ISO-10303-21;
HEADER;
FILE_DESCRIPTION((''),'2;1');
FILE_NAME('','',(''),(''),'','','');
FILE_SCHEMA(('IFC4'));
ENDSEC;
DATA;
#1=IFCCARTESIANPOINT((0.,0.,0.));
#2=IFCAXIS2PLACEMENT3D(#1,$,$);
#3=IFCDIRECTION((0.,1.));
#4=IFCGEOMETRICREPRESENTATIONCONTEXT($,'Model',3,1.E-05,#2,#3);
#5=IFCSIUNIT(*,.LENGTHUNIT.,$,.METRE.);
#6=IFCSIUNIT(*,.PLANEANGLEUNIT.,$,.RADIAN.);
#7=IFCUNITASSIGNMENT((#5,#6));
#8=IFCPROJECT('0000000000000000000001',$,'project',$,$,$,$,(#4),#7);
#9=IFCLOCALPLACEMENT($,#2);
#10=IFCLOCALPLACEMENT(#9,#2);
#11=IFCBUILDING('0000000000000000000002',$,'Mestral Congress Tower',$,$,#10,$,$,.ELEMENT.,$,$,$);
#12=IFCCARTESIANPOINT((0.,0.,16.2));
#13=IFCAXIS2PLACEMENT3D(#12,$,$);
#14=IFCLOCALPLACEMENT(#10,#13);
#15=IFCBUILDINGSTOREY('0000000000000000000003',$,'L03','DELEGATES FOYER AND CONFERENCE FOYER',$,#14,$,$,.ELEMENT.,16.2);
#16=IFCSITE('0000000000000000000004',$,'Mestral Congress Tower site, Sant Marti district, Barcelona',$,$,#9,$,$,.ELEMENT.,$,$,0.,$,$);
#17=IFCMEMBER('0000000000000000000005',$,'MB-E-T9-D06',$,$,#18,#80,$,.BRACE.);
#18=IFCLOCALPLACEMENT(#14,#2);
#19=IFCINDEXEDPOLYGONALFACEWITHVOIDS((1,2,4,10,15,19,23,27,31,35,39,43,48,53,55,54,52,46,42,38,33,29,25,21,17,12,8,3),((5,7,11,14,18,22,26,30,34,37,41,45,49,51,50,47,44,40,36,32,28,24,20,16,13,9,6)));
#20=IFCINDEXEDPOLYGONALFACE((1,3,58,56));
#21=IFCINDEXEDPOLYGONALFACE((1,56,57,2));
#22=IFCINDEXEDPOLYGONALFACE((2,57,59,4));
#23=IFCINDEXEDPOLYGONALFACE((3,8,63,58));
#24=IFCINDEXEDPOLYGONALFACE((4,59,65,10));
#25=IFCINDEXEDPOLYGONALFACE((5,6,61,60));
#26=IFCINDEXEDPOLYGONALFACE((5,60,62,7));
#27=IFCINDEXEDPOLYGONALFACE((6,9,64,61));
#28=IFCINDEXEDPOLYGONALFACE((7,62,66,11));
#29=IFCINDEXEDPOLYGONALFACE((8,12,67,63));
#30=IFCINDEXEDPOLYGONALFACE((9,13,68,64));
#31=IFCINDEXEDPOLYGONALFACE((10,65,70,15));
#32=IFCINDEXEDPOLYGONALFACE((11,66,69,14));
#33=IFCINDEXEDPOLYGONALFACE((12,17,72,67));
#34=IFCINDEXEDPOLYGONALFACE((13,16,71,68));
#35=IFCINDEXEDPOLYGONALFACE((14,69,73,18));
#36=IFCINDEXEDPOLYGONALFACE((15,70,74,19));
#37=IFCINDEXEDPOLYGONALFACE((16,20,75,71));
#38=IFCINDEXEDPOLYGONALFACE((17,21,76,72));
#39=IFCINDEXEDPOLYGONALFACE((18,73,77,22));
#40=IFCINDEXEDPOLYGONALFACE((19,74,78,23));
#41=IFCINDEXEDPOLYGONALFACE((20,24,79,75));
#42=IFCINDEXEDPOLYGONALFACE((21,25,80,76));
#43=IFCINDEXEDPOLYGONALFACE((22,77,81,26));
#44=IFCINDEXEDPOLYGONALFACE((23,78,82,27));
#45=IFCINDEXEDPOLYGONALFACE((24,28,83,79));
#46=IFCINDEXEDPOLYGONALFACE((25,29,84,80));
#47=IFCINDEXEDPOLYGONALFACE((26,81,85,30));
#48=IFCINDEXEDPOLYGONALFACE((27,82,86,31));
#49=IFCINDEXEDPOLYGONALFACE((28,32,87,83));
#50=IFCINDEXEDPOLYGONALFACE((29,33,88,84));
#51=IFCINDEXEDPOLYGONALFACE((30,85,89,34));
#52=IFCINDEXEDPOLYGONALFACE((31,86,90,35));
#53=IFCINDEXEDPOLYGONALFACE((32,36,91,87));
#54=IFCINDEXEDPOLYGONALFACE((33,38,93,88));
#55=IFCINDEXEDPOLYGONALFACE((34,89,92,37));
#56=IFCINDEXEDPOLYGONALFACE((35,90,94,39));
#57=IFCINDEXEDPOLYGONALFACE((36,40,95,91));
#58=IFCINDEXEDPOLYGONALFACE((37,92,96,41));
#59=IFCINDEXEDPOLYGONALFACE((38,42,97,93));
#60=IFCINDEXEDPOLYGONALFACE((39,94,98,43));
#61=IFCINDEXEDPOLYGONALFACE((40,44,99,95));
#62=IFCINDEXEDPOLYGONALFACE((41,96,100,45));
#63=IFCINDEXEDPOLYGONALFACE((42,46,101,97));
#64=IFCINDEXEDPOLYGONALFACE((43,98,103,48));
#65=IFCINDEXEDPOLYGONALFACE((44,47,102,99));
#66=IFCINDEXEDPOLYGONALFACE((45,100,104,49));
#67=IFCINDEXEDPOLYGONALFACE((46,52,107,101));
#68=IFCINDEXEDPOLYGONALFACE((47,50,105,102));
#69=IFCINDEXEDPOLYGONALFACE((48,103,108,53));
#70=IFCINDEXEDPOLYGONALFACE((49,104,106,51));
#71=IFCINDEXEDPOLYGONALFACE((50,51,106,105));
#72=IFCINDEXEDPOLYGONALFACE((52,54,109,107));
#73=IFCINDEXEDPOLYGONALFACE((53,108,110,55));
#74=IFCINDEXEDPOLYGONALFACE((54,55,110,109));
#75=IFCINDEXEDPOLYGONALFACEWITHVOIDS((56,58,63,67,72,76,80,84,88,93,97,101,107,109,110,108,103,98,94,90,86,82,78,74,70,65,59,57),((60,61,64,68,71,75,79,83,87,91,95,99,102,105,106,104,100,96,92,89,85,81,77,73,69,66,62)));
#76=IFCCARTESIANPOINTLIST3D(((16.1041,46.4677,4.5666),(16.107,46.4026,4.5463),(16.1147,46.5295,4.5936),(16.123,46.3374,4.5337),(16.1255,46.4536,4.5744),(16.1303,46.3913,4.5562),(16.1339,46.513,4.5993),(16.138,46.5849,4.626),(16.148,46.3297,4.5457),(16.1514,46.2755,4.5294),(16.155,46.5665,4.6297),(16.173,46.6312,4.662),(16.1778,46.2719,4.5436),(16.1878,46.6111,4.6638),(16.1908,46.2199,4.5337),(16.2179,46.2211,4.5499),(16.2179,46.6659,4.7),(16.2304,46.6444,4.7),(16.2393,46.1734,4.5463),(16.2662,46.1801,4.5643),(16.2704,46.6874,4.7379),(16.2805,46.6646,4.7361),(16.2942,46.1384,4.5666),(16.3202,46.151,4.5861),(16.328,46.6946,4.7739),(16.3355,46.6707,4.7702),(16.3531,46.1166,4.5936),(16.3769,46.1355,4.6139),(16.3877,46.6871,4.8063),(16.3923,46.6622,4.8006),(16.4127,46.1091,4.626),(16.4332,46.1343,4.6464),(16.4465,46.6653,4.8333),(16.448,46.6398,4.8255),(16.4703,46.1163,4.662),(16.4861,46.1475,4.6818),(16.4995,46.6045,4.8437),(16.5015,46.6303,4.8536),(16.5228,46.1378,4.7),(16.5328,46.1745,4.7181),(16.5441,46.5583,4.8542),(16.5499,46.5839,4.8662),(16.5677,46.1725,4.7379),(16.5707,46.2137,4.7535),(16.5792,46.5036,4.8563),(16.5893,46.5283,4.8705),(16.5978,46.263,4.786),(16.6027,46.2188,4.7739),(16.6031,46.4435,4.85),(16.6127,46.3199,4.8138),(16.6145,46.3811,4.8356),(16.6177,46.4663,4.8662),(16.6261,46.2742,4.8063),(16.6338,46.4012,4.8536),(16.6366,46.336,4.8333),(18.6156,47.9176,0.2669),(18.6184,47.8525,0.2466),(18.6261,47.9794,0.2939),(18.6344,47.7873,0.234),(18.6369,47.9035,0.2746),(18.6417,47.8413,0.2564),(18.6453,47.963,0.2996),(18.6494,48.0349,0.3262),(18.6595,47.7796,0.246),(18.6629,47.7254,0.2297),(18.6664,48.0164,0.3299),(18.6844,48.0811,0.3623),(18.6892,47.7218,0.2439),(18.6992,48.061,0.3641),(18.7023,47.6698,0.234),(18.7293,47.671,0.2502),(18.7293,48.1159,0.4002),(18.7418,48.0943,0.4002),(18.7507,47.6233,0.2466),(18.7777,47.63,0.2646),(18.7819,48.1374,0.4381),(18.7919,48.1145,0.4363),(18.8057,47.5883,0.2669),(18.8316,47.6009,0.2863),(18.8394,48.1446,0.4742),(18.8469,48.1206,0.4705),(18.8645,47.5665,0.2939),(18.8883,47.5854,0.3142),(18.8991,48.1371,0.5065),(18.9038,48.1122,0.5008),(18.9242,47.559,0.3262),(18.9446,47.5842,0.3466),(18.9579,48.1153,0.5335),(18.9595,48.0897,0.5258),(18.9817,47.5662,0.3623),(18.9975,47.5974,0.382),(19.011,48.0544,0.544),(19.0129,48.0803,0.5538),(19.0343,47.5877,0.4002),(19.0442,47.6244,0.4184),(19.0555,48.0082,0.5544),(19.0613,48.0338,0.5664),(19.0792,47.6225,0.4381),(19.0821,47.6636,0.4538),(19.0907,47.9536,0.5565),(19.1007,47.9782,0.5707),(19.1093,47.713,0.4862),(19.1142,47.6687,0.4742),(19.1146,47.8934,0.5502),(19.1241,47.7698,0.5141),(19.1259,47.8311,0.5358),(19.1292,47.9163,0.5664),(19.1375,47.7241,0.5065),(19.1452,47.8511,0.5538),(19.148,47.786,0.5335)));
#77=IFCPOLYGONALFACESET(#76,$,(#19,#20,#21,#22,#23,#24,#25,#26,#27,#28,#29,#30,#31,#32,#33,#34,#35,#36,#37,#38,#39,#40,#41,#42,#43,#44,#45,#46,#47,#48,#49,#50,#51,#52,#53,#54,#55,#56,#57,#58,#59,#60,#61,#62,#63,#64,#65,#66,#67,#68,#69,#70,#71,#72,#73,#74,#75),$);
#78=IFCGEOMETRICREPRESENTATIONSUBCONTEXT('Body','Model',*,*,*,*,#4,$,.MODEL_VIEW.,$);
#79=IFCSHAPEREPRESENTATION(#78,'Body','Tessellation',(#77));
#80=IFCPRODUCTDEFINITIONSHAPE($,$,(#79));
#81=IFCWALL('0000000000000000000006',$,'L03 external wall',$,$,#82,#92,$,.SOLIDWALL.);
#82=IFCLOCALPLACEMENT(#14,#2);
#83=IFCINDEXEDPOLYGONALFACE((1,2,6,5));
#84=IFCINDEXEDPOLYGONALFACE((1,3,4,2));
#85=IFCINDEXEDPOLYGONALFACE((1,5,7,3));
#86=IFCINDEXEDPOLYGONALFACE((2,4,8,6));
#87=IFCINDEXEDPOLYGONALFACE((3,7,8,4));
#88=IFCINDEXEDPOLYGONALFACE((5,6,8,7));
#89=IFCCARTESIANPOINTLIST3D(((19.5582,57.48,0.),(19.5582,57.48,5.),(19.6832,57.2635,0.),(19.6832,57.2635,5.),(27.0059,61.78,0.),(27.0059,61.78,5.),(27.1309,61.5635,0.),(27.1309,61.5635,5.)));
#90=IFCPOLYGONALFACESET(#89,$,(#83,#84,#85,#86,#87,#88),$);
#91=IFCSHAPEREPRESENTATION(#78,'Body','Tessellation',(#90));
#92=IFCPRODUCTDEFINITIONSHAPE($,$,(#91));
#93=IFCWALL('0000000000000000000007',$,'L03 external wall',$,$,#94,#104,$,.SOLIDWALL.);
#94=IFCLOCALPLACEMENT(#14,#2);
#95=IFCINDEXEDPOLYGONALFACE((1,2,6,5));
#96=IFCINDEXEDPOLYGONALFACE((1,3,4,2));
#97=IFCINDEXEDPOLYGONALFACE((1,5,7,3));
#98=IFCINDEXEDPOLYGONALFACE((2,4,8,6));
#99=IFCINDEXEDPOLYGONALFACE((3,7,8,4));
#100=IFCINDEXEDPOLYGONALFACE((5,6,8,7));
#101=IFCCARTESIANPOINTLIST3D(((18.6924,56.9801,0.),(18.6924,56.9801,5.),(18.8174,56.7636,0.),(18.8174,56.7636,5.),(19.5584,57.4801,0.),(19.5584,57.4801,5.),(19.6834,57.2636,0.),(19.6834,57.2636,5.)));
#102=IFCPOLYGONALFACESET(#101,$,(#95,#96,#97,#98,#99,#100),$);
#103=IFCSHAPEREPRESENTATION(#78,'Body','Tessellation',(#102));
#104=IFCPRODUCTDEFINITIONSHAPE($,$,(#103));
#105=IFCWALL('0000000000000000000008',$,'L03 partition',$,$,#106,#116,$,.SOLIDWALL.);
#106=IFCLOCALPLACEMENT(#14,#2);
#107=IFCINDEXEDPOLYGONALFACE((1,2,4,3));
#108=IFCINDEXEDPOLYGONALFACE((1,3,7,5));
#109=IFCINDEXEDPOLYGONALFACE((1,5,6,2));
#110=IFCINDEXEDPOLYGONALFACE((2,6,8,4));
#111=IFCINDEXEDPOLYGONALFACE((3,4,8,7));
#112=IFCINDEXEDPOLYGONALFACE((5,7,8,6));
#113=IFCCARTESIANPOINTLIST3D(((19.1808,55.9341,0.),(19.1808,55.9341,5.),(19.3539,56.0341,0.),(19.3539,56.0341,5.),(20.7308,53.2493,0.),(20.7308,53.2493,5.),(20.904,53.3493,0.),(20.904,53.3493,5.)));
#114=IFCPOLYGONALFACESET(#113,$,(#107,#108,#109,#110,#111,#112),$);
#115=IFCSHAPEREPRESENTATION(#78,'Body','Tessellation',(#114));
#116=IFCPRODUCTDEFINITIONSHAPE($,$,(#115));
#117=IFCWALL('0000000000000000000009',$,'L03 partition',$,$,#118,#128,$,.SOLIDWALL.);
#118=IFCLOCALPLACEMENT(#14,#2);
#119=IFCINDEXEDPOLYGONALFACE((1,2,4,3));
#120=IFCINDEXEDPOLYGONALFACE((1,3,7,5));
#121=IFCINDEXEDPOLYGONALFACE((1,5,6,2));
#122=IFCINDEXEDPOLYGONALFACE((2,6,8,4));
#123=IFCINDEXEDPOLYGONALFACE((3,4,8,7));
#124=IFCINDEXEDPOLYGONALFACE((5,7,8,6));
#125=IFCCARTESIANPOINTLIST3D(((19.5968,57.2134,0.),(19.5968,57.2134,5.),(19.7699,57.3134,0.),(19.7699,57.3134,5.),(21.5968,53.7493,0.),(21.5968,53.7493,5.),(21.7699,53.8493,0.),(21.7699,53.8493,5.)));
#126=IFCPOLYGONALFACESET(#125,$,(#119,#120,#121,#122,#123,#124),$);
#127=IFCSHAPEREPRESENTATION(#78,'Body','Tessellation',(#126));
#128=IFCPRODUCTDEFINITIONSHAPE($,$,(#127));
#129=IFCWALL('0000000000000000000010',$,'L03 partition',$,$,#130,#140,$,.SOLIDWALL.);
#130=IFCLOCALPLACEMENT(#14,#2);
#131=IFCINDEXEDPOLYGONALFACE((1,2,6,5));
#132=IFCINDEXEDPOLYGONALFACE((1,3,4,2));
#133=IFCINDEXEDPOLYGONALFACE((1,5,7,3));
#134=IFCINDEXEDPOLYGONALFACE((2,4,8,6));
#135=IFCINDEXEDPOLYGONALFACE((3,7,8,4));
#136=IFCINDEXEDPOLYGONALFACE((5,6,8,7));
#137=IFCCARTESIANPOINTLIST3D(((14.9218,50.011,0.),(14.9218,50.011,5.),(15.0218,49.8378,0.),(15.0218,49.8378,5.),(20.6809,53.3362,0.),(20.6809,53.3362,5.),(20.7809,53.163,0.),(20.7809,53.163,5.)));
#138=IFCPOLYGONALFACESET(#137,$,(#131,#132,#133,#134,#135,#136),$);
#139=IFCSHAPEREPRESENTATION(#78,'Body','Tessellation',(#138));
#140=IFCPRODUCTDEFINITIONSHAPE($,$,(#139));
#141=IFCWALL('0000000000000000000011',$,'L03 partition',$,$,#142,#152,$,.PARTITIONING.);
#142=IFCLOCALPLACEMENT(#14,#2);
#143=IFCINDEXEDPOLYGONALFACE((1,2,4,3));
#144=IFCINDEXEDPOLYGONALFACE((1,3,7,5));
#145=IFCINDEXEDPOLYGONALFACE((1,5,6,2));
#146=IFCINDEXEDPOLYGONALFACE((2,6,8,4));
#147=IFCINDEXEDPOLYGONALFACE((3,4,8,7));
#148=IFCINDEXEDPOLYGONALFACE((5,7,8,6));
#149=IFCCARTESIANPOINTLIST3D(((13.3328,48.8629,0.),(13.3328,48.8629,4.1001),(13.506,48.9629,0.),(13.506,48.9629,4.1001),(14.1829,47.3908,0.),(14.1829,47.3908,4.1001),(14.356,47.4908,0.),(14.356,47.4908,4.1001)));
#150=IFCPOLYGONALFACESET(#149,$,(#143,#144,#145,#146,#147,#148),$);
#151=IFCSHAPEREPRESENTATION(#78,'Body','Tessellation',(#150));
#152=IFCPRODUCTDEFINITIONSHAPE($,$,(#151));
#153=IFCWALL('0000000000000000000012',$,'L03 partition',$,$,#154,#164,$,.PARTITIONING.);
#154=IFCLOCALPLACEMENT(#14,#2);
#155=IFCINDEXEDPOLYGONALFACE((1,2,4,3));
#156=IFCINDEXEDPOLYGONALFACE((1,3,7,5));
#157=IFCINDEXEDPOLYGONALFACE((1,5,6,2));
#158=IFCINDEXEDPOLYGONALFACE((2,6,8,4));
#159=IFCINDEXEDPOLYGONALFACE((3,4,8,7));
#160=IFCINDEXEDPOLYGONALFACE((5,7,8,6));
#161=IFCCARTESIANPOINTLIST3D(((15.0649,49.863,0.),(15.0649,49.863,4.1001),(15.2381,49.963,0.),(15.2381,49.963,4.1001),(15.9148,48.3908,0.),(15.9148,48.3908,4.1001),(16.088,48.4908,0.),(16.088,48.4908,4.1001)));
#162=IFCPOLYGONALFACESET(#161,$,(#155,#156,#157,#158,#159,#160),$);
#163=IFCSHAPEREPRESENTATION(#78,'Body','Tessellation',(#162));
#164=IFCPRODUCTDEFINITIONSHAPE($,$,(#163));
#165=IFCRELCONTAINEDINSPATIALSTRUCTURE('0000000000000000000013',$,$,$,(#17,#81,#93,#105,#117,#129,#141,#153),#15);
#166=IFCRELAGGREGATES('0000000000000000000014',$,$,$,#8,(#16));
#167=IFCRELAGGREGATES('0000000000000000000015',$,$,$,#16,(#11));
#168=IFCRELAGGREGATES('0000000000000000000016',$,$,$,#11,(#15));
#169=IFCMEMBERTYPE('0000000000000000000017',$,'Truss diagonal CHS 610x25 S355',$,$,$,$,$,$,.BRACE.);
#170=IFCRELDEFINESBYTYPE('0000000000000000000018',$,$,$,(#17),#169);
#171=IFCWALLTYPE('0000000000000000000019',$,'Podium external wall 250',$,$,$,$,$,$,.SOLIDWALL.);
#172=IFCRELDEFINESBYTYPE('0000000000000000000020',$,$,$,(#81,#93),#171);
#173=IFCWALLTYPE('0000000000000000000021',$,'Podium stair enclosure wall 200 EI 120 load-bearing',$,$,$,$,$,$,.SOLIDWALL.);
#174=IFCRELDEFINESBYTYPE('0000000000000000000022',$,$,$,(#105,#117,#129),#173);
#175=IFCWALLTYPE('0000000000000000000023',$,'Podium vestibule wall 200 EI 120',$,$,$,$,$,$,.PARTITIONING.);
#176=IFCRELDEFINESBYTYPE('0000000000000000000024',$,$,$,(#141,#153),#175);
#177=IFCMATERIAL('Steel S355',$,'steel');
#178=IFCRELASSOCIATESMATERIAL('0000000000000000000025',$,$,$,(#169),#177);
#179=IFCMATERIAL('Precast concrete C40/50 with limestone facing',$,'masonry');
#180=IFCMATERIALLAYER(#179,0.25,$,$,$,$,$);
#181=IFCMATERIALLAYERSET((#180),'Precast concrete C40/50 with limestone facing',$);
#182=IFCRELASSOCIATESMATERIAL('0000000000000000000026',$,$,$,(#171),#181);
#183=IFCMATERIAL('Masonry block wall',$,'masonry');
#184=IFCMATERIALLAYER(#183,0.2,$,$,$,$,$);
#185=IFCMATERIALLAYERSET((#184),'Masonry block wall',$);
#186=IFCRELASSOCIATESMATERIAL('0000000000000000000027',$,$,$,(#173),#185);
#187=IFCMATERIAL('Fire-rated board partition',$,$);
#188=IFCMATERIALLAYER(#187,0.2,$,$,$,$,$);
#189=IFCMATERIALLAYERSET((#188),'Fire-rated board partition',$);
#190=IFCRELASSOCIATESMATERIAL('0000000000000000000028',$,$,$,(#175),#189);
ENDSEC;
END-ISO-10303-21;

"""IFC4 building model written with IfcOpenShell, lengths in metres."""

from ifc_helpers import new_model, si_unit, direction, frame, frame_2d, origin, origin_2d, place, context, subcontext, project, spatial, rectangle, hollow_circle, extrude, material, layer, layer_set, material_profile, profile_set, type_object, element, save


model = new_model("IFC4")

# Units and contexts
model_context = context("Model", 3, precision=1e-05, world=origin(), true_north=direction((0.0, 1.0)))
body_context = subcontext(model_context, "Body", "Model", "MODEL_VIEW")
ifc_project = project(units=[si_unit("LENGTHUNIT", "METRE"), si_unit("PLANEANGLEUNIT", "RADIAN")], contexts=[model_context])

# Site, building, storey
site_placement = place(None, origin())
site = spatial("IfcSite", under=ifc_project, at=site_placement, Name="Mestral Congress Tower site, Sant Marti district, Barcelona", CompositionType="ELEMENT", RefElevation=0.0)
building_placement = place(site_placement, origin())
building = spatial("IfcBuilding", under=site, at=building_placement, Name="Mestral Congress Tower", CompositionType="ELEMENT")
storey_placement = place(building_placement, frame((0.0, 0.0, 16.2)))
storey = spatial("IfcBuildingStorey", under=building, at=storey_placement, Name="L03", Description="DELEGATES FOYER AND CONFERENCE FOYER", CompositionType="ELEMENT", Elevation=16.2)

# Shared definitions
ifc_material_1 = material(Name="Steel S355", Category="steel")

# Member
ifc_material_profile_1 = material_profile(ifc_material_1, hollow_circle(Radius=0.3049, WallThickness=0.0249, at=origin_2d()), Name="CHS 610x25")
ifc_profile_set_1 = profile_set([ifc_material_profile_1], Name="Steel S355")
member_type_1 = type_object("IfcMemberType", Name="Truss diagonal CHS 610x25 S355", PredefinedType="BRACE", material=ifc_profile_set_1)
member_1_placement = place(storey_placement, frame((16.3704, 46.4019, 4.7), z_axis=(0.484247, 0.279571, -0.829062), x_axis=(-0.499987, 0.866033, 0.0)))
element("IfcMember", 1, at=member_1_placement, inside=storey, type_object=member_type_1, Name="MB-E-T9-D06", PredefinedType="BRACE", context=body_context, shape_type="SweptSolid", body=[
    extrude(hollow_circle(Radius=0.3049, WallThickness=0.0249, at=origin_2d()), origin(), (0.0, 0.0, 1.0), 5.1863),
])

# Walls
ifc_material_2 = material(Name="Precast concrete C40/50 with limestone facing", Category="masonry")
ifc_layer_1 = layer(ifc_material_2, 0.25)
ifc_layer_set_1 = layer_set([ifc_layer_1], Name="Precast concrete C40/50 with limestone facing")
wall_type_1 = type_object("IfcWallType", Name="Podium external wall 250", PredefinedType="SOLIDWALL", material=ifc_layer_set_1)
wall_1_placement = place(storey_placement, frame((19.6208, 57.3718, 0.0), z_axis=(0.0, 0.0, 1.0), x_axis=(0.866021, 0.500008, 0.0)))
element("IfcWall", 2, at=wall_1_placement, inside=storey, type_object=wall_type_1, Name="L03 external wall", PredefinedType="SOLIDWALL", context=body_context, shape_type="SweptSolid", body=[
    extrude(rectangle(XDim=8.5999, YDim=0.25, at=frame_2d((4.2998, 0.0))), origin(), (0.0, 0.0, 1.0), 5.0),
])
wall_2_placement = place(storey_placement, frame((18.7549, 56.8718, 0.0), z_axis=(0.0, 0.0, 1.0), x_axis=(0.866011, 0.500025, 0.0)))
element("IfcWall", 3, at=wall_2_placement, inside=storey, type_object=wall_type_1, Name="L03 external wall", PredefinedType="SOLIDWALL", context=body_context, shape_type="SweptSolid", body=[
    extrude(rectangle(XDim=1.0, YDim=0.25, at=frame_2d((0.5, 0.0))), origin(), (0.0, 0.0, 1.0), 5.0),
])
ifc_material_3 = material(Name="Masonry block wall", Category="masonry")
ifc_layer_2 = layer(ifc_material_3, 0.2)
ifc_layer_set_2 = layer_set([ifc_layer_2], Name="Masonry block wall")
wall_type_2 = type_object("IfcWallType", Name="Podium stair enclosure wall 200 EI 120 load-bearing", PredefinedType="SOLIDWALL", material=ifc_layer_set_2)
wall_3_placement = place(storey_placement, frame((20.8174, 53.2993, 0.0), z_axis=(0.0, 0.0, 1.0), x_axis=(-0.499993, 0.86603, 0.0)))
element("IfcWall", 4, at=wall_3_placement, inside=storey, type_object=wall_type_2, Name="L03 partition", PredefinedType="SOLIDWALL", context=body_context, shape_type="SweptSolid", body=[
    extrude(rectangle(XDim=3.1001, YDim=0.2, at=frame_2d((1.55, 0.0))), origin(), (0.0, 0.0, 1.0), 5.0),
])
wall_4_placement = place(storey_placement, frame((21.6833, 53.7993, 0.0), z_axis=(0.0, 0.0, 1.0), x_axis=(-0.499999, 0.866026, 0.0)))
element("IfcWall", 5, at=wall_4_placement, inside=storey, type_object=wall_type_2, Name="L03 partition", PredefinedType="SOLIDWALL", context=body_context, shape_type="SweptSolid", body=[
    extrude(rectangle(XDim=4.0, YDim=0.2, at=frame_2d((2.0, 0.0))), origin(), (0.0, 0.0, 1.0), 5.0),
])
wall_5_placement = place(storey_placement, frame((14.9717, 49.9243, 0.0), z_axis=(0.0, 0.0, 1.0), x_axis=(0.866011, 0.500024, 0.0)))
element("IfcWall", 6, at=wall_5_placement, inside=storey, type_object=wall_type_2, Name="L03 partition", PredefinedType="SOLIDWALL", context=body_context, shape_type="SweptSolid", body=[
    extrude(rectangle(XDim=6.6501, YDim=0.2, at=frame_2d((3.3252, 0.0))), origin(), (0.0, 0.0, 1.0), 5.0),
])
ifc_material_4 = material(Name="Fire-rated board partition")
ifc_layer_3 = layer(ifc_material_4, 0.2)
ifc_layer_set_3 = layer_set([ifc_layer_3], Name="Fire-rated board partition")
wall_type_3 = type_object("IfcWallType", Name="Podium vestibule wall 200 EI 120", PredefinedType="PARTITIONING", material=ifc_layer_set_3)
for number, where, z_axis, x_axis, name in (
    (7, (14.2695, 47.4407, 0.0), (0.0, 0.0, 1.0), (-0.500062, 0.865989, 0.0), "L03 partition"),
    (8, (16.0015, 48.4407, 0.0), (0.0, 0.0, 1.0), (-0.499955, 0.866052, 0.0), "L03 partition"),
):
    element("IfcWall", number, at=place(storey_placement, frame(where, z_axis=z_axis, x_axis=x_axis)), inside=storey, type_object=wall_type_3, Name=name, PredefinedType="PARTITIONING", context=body_context, shape_type="SweptSolid", body=[
        extrude(rectangle(XDim=1.7, YDim=0.2, at=frame_2d((0.8501, 0.0))), origin(), (0.0, 0.0, 1.0), 4.1001),
    ])

save(model, "model.ifc")
